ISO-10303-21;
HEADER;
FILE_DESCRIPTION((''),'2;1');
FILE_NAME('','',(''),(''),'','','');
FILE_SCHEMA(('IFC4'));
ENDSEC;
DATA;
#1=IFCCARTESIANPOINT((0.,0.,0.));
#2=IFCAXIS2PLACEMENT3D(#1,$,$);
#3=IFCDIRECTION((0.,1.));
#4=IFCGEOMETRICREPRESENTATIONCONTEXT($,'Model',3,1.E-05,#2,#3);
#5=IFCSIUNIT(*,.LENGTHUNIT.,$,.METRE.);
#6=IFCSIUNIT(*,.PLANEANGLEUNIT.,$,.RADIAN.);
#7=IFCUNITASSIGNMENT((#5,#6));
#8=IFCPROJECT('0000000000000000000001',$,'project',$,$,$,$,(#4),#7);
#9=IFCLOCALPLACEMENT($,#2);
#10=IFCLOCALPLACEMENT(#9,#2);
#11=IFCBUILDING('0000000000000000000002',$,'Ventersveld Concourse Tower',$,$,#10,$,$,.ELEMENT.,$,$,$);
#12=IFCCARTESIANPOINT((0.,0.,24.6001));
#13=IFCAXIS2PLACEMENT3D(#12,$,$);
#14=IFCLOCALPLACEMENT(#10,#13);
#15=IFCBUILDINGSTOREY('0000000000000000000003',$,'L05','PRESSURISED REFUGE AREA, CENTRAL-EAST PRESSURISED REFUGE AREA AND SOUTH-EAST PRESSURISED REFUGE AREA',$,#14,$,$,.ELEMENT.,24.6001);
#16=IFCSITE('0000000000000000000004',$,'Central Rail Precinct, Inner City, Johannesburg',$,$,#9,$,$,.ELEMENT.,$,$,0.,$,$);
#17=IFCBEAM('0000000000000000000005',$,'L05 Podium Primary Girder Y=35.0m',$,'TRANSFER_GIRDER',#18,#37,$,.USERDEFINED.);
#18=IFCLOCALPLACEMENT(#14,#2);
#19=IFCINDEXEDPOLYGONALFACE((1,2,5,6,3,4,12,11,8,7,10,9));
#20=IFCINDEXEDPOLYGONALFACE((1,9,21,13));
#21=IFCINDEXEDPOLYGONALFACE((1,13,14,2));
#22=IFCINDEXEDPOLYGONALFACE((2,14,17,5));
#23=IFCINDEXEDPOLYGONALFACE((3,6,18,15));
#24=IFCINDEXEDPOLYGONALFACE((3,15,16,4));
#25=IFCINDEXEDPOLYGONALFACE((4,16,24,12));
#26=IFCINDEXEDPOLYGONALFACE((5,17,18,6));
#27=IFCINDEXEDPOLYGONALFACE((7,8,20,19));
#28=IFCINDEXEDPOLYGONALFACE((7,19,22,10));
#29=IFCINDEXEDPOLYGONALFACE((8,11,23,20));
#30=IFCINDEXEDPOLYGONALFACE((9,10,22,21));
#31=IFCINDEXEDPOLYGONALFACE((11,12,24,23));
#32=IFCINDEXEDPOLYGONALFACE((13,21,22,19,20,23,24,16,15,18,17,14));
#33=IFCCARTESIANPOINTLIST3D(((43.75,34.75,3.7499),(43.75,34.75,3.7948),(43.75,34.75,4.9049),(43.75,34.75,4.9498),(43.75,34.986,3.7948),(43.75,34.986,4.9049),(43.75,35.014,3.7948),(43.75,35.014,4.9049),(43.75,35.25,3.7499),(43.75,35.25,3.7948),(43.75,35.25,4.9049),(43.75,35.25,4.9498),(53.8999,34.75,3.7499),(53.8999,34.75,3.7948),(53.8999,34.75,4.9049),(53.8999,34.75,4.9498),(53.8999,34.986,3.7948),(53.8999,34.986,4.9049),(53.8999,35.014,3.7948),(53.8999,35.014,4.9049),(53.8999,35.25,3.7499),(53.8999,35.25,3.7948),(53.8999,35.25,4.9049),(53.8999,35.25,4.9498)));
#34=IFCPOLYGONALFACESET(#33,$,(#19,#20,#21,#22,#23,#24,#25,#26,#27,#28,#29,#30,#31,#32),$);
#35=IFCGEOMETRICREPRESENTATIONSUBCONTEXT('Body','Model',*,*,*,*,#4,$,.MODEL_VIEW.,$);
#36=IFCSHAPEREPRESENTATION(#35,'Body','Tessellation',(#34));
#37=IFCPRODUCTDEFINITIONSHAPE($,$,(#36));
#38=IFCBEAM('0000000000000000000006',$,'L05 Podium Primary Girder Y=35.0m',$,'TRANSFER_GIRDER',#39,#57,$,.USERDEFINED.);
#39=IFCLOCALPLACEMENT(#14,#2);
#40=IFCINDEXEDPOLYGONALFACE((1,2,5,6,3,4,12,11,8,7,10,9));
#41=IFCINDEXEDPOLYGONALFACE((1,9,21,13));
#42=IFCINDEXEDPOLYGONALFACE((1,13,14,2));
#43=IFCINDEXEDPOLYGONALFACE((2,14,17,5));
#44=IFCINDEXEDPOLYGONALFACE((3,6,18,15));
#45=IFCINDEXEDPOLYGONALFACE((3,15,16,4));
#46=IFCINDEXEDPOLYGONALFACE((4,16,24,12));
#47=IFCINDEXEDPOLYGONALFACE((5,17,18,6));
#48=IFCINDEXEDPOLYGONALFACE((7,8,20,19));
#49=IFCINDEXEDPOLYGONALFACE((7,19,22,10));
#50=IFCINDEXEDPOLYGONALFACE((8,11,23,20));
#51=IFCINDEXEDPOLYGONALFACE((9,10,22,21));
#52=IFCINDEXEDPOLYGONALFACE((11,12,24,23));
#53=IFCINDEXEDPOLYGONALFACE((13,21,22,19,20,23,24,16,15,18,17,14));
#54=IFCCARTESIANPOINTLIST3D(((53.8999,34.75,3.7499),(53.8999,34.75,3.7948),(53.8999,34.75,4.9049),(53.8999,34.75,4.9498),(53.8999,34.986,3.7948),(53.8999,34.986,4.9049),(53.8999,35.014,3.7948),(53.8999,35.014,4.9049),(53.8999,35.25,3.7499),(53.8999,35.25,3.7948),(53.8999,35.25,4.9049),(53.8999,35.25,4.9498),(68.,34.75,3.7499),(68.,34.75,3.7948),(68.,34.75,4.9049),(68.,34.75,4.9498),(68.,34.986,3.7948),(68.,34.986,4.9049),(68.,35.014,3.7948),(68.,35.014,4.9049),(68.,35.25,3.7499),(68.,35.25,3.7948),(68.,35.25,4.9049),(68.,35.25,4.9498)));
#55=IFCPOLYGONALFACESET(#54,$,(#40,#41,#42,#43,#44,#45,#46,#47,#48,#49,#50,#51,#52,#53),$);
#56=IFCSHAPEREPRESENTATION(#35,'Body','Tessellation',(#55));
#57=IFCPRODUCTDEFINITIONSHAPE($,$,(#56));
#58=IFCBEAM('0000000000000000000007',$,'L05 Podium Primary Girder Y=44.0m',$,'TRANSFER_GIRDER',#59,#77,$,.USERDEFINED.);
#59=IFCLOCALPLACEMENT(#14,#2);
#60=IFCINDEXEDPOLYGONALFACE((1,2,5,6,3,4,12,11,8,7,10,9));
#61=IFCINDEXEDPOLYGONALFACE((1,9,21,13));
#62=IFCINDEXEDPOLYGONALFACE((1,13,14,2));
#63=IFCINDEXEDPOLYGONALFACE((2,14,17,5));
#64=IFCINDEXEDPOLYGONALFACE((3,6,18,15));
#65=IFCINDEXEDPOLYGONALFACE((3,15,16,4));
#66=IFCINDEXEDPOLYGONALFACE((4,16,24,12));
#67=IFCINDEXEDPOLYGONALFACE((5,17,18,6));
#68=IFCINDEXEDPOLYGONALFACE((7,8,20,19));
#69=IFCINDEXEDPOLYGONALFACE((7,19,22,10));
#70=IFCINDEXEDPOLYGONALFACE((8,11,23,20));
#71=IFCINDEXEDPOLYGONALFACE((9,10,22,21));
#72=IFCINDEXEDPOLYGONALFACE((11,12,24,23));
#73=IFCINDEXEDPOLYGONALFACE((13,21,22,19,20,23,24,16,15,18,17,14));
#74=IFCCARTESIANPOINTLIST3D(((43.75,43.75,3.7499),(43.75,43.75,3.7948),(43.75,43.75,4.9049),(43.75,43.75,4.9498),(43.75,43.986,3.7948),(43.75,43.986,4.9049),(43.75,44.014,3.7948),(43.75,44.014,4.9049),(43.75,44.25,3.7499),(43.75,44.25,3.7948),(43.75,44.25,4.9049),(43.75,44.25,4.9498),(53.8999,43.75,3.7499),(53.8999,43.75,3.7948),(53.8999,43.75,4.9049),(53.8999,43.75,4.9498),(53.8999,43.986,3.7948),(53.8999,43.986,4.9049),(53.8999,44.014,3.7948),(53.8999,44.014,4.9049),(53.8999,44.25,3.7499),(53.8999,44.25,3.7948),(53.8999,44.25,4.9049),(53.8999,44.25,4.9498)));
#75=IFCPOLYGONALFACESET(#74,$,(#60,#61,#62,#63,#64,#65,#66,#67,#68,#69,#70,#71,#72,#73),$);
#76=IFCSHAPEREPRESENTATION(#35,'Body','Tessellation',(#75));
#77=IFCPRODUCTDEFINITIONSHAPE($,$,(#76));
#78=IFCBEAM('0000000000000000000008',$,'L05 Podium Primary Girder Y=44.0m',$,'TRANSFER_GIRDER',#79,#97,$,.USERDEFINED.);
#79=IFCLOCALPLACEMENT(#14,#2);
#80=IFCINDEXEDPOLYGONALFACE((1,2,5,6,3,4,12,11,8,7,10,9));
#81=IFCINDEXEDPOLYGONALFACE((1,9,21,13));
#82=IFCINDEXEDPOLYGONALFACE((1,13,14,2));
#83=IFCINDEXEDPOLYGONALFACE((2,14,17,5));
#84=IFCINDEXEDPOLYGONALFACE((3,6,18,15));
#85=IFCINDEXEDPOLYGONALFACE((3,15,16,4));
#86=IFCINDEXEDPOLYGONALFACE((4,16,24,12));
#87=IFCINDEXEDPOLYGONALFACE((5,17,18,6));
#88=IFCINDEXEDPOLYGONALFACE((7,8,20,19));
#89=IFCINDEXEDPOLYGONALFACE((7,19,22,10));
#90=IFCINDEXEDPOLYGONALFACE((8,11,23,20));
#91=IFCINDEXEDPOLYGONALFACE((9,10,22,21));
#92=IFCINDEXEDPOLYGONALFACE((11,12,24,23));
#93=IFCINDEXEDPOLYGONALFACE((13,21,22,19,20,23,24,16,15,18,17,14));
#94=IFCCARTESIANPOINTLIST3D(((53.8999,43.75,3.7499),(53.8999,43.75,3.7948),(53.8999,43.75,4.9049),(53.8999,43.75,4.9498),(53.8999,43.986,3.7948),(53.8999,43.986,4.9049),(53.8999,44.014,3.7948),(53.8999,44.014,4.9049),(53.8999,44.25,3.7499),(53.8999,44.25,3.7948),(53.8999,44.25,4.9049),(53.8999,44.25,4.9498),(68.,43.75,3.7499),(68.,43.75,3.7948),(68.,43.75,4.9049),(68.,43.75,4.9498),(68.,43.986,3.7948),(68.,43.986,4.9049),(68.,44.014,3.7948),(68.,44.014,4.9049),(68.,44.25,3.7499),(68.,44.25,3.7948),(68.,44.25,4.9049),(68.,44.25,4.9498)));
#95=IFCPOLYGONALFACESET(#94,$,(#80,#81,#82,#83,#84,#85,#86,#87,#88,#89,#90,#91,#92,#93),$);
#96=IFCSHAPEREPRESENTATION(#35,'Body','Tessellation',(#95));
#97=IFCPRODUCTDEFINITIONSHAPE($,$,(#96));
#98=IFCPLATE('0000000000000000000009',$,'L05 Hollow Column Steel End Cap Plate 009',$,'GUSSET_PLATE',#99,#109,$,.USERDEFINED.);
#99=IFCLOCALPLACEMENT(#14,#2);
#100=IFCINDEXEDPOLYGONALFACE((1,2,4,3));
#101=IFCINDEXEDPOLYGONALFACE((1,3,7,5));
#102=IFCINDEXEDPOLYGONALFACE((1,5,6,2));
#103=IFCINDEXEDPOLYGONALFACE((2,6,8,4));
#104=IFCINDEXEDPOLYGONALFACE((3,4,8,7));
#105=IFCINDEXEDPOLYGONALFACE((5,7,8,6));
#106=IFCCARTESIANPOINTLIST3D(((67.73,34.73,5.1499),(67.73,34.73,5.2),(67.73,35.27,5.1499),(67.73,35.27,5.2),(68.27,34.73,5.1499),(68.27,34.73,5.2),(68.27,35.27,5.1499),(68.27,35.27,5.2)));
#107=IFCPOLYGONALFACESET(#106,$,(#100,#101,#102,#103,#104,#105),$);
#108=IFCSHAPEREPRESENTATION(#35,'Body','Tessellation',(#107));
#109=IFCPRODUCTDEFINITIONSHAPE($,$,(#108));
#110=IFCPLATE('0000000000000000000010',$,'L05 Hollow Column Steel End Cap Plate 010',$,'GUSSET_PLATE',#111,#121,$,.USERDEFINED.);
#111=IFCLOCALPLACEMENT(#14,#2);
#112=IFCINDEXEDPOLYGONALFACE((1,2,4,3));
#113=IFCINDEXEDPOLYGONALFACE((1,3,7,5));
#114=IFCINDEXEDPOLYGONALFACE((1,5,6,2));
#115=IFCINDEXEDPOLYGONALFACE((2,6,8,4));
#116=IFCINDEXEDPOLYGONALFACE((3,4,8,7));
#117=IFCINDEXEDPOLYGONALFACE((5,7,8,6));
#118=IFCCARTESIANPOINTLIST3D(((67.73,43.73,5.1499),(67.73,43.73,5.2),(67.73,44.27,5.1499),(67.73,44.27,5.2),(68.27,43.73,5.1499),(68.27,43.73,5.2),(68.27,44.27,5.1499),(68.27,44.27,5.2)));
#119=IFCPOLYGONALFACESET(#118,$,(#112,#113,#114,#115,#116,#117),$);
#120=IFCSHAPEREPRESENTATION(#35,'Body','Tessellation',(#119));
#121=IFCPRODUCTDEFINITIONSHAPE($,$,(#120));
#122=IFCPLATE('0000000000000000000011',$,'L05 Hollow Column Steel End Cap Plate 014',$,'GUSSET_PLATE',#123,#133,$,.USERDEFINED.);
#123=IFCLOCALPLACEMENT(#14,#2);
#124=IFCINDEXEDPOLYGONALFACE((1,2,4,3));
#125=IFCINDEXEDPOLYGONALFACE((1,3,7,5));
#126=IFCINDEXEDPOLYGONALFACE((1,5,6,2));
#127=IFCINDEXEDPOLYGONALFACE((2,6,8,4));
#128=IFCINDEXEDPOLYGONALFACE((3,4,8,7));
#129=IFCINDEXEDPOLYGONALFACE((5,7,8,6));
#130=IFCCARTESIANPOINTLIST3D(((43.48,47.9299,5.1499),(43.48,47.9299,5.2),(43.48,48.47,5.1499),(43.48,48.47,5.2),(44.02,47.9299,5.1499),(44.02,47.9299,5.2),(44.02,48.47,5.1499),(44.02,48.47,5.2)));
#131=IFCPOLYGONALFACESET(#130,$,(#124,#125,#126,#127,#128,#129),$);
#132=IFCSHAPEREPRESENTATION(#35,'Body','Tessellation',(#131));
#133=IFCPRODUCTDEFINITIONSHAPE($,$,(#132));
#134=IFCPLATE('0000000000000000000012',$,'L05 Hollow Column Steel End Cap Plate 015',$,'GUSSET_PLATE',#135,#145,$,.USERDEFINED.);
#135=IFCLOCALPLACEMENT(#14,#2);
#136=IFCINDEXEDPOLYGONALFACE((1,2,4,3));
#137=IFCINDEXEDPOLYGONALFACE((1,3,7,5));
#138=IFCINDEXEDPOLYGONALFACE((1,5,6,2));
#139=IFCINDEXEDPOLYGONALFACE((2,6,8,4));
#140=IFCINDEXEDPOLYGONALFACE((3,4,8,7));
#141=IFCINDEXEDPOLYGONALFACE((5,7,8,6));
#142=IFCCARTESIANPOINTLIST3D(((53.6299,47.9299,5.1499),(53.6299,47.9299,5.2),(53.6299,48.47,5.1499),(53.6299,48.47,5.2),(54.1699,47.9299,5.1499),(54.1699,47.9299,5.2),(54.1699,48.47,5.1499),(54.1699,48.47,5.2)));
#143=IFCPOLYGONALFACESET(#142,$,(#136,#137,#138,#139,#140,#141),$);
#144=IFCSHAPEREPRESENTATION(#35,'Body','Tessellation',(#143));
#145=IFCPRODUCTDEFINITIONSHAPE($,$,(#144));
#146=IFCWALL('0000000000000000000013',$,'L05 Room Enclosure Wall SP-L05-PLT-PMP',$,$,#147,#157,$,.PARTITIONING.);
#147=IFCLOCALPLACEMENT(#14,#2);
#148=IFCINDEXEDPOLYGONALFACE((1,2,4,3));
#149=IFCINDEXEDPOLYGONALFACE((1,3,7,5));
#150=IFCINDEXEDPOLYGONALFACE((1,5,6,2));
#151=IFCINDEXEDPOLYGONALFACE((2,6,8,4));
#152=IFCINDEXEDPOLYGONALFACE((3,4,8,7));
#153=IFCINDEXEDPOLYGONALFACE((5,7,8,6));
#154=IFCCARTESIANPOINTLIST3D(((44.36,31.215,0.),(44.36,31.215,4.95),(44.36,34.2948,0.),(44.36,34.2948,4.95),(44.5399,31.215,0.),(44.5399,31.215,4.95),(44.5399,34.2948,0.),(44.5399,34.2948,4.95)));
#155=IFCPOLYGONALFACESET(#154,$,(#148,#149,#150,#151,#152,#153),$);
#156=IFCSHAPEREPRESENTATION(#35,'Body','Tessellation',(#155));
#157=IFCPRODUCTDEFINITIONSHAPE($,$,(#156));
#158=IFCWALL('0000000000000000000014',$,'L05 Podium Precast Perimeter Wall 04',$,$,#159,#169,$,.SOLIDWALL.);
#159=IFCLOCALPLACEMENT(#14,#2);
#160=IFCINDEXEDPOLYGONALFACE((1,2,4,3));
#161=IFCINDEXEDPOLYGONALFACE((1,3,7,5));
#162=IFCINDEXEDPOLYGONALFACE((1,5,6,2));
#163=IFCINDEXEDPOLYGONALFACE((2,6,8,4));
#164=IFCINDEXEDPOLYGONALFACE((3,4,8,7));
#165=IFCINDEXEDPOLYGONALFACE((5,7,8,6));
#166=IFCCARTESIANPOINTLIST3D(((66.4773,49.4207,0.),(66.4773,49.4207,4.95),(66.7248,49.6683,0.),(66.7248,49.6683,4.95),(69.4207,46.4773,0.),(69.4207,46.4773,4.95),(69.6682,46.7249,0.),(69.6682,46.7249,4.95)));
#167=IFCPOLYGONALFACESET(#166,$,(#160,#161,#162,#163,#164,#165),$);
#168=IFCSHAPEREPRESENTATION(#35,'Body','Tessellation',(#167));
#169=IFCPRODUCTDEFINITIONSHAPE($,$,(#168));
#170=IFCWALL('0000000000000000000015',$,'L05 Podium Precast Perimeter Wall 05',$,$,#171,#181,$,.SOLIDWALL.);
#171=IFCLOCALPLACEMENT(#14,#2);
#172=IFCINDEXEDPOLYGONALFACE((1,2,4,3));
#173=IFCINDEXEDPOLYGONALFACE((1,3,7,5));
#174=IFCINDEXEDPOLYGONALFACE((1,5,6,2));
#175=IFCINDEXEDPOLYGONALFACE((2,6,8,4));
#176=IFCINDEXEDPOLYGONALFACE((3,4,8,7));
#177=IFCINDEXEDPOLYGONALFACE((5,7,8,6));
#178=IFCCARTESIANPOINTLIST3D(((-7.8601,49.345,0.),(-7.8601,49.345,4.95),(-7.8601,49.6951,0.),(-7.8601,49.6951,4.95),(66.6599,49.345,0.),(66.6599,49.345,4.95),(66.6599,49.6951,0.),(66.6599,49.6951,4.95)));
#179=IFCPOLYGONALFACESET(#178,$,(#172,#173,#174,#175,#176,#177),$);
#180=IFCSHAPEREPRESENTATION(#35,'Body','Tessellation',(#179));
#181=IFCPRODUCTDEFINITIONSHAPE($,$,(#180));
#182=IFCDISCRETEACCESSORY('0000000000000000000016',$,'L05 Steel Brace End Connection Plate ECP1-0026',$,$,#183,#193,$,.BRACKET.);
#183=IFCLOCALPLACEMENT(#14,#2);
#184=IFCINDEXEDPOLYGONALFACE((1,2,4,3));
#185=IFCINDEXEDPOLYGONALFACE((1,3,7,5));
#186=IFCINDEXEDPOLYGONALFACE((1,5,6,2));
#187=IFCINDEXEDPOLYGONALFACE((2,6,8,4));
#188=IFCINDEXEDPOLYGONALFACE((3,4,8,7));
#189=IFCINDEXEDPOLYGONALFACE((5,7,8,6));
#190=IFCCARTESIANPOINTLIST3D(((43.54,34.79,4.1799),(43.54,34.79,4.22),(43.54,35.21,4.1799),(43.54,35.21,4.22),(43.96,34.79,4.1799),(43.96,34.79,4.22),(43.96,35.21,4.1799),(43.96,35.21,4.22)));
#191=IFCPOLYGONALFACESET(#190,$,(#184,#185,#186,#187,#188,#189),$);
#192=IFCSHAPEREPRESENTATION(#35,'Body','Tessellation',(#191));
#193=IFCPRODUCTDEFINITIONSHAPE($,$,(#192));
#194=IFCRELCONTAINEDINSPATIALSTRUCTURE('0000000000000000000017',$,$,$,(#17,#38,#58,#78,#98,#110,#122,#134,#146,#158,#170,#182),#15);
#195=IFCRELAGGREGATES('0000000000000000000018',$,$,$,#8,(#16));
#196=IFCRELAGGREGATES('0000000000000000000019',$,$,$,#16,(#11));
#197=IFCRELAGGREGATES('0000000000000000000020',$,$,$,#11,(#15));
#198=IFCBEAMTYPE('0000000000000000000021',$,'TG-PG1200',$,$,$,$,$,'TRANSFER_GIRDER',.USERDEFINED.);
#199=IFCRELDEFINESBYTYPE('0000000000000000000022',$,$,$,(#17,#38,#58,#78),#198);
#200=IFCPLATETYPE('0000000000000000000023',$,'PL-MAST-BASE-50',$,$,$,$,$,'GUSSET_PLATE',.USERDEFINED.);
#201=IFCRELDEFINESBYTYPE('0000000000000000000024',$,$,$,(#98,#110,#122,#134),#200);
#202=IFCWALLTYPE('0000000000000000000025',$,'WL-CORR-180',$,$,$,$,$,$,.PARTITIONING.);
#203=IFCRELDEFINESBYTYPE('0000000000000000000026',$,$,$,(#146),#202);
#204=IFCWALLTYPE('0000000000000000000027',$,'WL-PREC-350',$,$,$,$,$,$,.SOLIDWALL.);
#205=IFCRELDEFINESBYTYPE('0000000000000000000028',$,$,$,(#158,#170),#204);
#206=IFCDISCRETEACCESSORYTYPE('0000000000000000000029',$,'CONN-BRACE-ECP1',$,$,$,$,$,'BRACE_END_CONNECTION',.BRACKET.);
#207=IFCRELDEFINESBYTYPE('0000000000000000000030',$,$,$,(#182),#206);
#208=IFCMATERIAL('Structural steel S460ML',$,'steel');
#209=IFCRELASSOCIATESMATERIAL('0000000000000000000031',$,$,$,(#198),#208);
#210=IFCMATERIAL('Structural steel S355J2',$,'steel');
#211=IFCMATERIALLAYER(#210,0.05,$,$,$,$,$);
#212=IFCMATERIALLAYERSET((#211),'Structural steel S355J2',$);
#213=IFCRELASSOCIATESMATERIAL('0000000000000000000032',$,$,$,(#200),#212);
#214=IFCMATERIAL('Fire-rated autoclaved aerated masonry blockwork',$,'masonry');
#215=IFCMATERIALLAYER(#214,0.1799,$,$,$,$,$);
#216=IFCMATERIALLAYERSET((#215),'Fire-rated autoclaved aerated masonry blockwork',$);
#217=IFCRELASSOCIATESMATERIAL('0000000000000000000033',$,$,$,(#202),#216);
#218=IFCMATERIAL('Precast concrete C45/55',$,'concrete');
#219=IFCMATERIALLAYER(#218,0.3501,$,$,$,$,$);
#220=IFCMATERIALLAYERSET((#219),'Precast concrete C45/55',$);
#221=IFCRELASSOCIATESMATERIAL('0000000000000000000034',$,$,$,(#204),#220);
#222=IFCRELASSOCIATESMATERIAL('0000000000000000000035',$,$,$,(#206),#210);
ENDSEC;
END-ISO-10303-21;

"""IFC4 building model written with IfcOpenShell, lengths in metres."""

from ifc_helpers import new_model, si_unit, direction, frame, frame_2d, origin, origin_2d, place, context, subcontext, project, spatial, rectangle, i_section, extrude, material, layer, layer_set, material_profile, profile_set, type_object, element, save


model = new_model("IFC4")

# Units and contexts
model_context = context("Model", 3, precision=1e-05, world=origin(), true_north=direction((0.0, 1.0)))
body_context = subcontext(model_context, "Body", "Model", "MODEL_VIEW")
ifc_project = project(units=[si_unit("LENGTHUNIT", "METRE"), si_unit("PLANEANGLEUNIT", "RADIAN")], contexts=[model_context])

# Site, building, storey
site_placement = place(None, origin())
site = spatial("IfcSite", under=ifc_project, at=site_placement, Name="Central Rail Precinct, Inner City, Johannesburg", CompositionType="ELEMENT", RefElevation=0.0)
building_placement = place(site_placement, origin())
building = spatial("IfcBuilding", under=site, at=building_placement, Name="Ventersveld Concourse Tower", CompositionType="ELEMENT")
storey_placement = place(building_placement, frame((0.0, 0.0, 24.6001)))
storey = spatial("IfcBuildingStorey", under=building, at=storey_placement, Name="L05", Description="PRESSURISED REFUGE AREA, CENTRAL-EAST PRESSURISED REFUGE AREA AND SOUTH-EAST PRESSURISED REFUGE AREA", CompositionType="ELEMENT", Elevation=24.6001)

# Shared definitions
ifc_material_1 = material(Name="Structural steel S460ML", Category="steel")

# Beams
ifc_material_2 = material(Name="Structural steel S355J2", Category="steel")
ifc_material_profile_1 = material_profile(ifc_material_1, i_section(OverallWidth=0.5, OverallDepth=1.2, WebThickness=0.0281, FlangeThickness=0.0449, at=origin_2d()), Name="PG 1200x500x45")
ifc_profile_set_1 = profile_set([ifc_material_profile_1], Name="Structural steel S460ML")
beam_type_1 = type_object("IfcBeamType", Name="TG-PG1200", ElementType="TRANSFER_GIRDER", PredefinedType="USERDEFINED", material=ifc_profile_set_1)
beam_1_placement = place(storey_placement, frame((43.75, 35.0, 4.3499), z_axis=(1.0, 0.0, 0.0), x_axis=(0.0, 1.0, 0.0)))
element("IfcBeam", 1, at=beam_1_placement, inside=storey, type_object=beam_type_1, Name="L05 Podium Primary Girder Y=35.0m", ObjectType="TRANSFER_GIRDER", PredefinedType="USERDEFINED", context=body_context, shape_type="SweptSolid", body=[
    extrude(i_section(OverallWidth=0.5, OverallDepth=1.2, WebThickness=0.0281, FlangeThickness=0.0449, at=origin_2d()), origin(), (0.0, 0.0, 1.0), 10.1499),
])
beam_2_placement = place(storey_placement, frame((53.8999, 35.0, 4.3499), z_axis=(1.0, 0.0, 0.0), x_axis=(0.0, 1.0, 0.0)))
element("IfcBeam", 2, at=beam_2_placement, inside=storey, type_object=beam_type_1, Name="L05 Podium Primary Girder Y=35.0m", ObjectType="TRANSFER_GIRDER", PredefinedType="USERDEFINED", context=body_context, shape_type="SweptSolid", body=[
    extrude(i_section(OverallWidth=0.5, OverallDepth=1.2, WebThickness=0.0281, FlangeThickness=0.0449, at=origin_2d()), origin(), (0.0, 0.0, 1.0), 14.1001),
])
beam_3_placement = place(storey_placement, frame((43.75, 44.0, 4.3499), z_axis=(1.0, 0.0, 0.0), x_axis=(0.0, 1.0, 0.0)))
element("IfcBeam", 3, at=beam_3_placement, inside=storey, type_object=beam_type_1, Name="L05 Podium Primary Girder Y=44.0m", ObjectType="TRANSFER_GIRDER", PredefinedType="USERDEFINED", context=body_context, shape_type="SweptSolid", body=[
    extrude(i_section(OverallWidth=0.5, OverallDepth=1.2, WebThickness=0.0281, FlangeThickness=0.0449, at=origin_2d()), origin(), (0.0, 0.0, 1.0), 10.1499),
])
beam_4_placement = place(storey_placement, frame((53.8999, 44.0, 4.3499), z_axis=(1.0, 0.0, 0.0), x_axis=(0.0, 1.0, 0.0)))
element("IfcBeam", 4, at=beam_4_placement, inside=storey, type_object=beam_type_1, Name="L05 Podium Primary Girder Y=44.0m", ObjectType="TRANSFER_GIRDER", PredefinedType="USERDEFINED", context=body_context, shape_type="SweptSolid", body=[
    extrude(i_section(OverallWidth=0.5, OverallDepth=1.2, WebThickness=0.0281, FlangeThickness=0.0449, at=origin_2d()), origin(), (0.0, 0.0, 1.0), 14.1001),
])

# Plates
ifc_layer_1 = layer(ifc_material_2, 0.05)
ifc_layer_set_1 = layer_set([ifc_layer_1], Name="Structural steel S355J2")
plate_type = type_object("IfcPlateType", Name="PL-MAST-BASE-50", ElementType="GUSSET_PLATE", PredefinedType="USERDEFINED", material=ifc_layer_set_1)
for number, where, z_axis, x_axis, name in (
    (5, (68.0, 35.0, 5.1499), (0.0, 0.0, 1.0), (1.0, 0.0, 0.0), "L05 Hollow Column Steel End Cap Plate 009"),
    (6, (68.0, 44.0, 5.1499), (0.0, 0.0, 1.0), (1.0, 0.0, 0.0), "L05 Hollow Column Steel End Cap Plate 010"),
    (7, (43.75, 48.2, 5.1499), (0.0, 0.0, 1.0), (1.0, 0.0, 0.0), "L05 Hollow Column Steel End Cap Plate 014"),
    (8, (53.8999, 48.2, 5.1499), (0.0, 0.0, 1.0), (1.0, 0.0, 0.0), "L05 Hollow Column Steel End Cap Plate 015"),
):
    element("IfcPlate", number, at=place(storey_placement, frame(where, z_axis=z_axis, x_axis=x_axis)), inside=storey, type_object=plate_type, Name=name, ObjectType="GUSSET_PLATE", PredefinedType="USERDEFINED", context=body_context, shape_type="SweptSolid", body=[
        extrude(rectangle(XDim=0.54, YDim=0.54, at=origin_2d()), origin(), (0.0, 0.0, 1.0), 0.05),
    ])

# Walls
ifc_material_3 = material(Name="Fire-rated autoclaved aerated masonry blockwork", Category="masonry")
ifc_layer_2 = layer(ifc_material_3, 0.1799)
ifc_layer_set_2 = layer_set([ifc_layer_2], Name="Fire-rated autoclaved aerated masonry blockwork")
wall_type_1 = type_object("IfcWallType", Name="WL-CORR-180", PredefinedType="PARTITIONING", material=ifc_layer_set_2)
wall_1_placement = place(storey_placement, frame((44.45, 34.2949, 0.0), z_axis=(0.0, 0.0, 1.0), x_axis=(0.0, -1.0, 0.0)))
element("IfcWall", 9, at=wall_1_placement, inside=storey, type_object=wall_type_1, Name="L05 Room Enclosure Wall SP-L05-PLT-PMP", PredefinedType="PARTITIONING", context=body_context, shape_type="SweptSolid", body=[
    extrude(rectangle(XDim=3.0798, YDim=0.1799, at=frame_2d((1.54, 0.0))), origin(), (0.0, 0.0, 1.0), 4.95),
])
ifc_material_4 = material(Name="Precast concrete C45/55", Category="concrete")
ifc_layer_3 = layer(ifc_material_4, 0.3501)
ifc_layer_set_3 = layer_set([ifc_layer_3], Name="Precast concrete C45/55")
wall_type_2 = type_object("IfcWallType", Name="WL-PREC-350", PredefinedType="SOLIDWALL", material=ifc_layer_set_3)
wall_2_placement = place(storey_placement, frame((69.5444, 46.6011, 0.0), z_axis=(0.0, 0.0, 1.0), x_axis=(-0.707107, 0.707107, 0.0)))
element("IfcWall", 10, at=wall_2_placement, inside=storey, type_object=wall_type_2, Name="L05 Podium Precast Perimeter Wall 04", PredefinedType="SOLIDWALL", context=body_context, shape_type="SweptSolid", body=[
    extrude(rectangle(XDim=4.1626, YDim=0.3501, at=frame_2d((2.0813, 0.0))), origin(), (0.0, 0.0, 1.0), 4.95),
])
wall_3_placement = place(storey_placement, frame((66.6599, 49.52, 0.0), z_axis=(0.0, 0.0, 1.0), x_axis=(-1.0, 0.0, 0.0)))
element("IfcWall", 11, at=wall_3_placement, inside=storey, type_object=wall_type_2, Name="L05 Podium Precast Perimeter Wall 05", PredefinedType="SOLIDWALL", context=body_context, shape_type="SweptSolid", body=[
    extrude(rectangle(XDim=74.52, YDim=0.3501, at=frame_2d((37.26, 0.0))), origin(), (0.0, 0.0, 1.0), 4.95),
])

# Discrete accessory
discrete_accessory_type = type_object("IfcDiscreteAccessoryType", Name="CONN-BRACE-ECP1", ElementType="BRACE_END_CONNECTION", PredefinedType="BRACKET", material=ifc_material_2)
for number, where, z_axis, x_axis, name in (
    (12, (43.75, 35.0, 4.1799), (0.0, 0.0, 1.0), (1.0, 0.0, 0.0), "L05 Steel Brace End Connection Plate ECP1-0026"),
):
    element("IfcDiscreteAccessory", number, at=place(storey_placement, frame(where, z_axis=z_axis, x_axis=x_axis)), inside=storey, type_object=discrete_accessory_type, Name=name, PredefinedType="BRACKET", context=body_context, shape_type="SweptSolid", body=[
        extrude(rectangle(XDim=0.4199, YDim=0.4199, at=origin_2d()), origin(), (0.0, 0.0, 1.0), 0.04),
    ])

save(model, "model.ifc")
